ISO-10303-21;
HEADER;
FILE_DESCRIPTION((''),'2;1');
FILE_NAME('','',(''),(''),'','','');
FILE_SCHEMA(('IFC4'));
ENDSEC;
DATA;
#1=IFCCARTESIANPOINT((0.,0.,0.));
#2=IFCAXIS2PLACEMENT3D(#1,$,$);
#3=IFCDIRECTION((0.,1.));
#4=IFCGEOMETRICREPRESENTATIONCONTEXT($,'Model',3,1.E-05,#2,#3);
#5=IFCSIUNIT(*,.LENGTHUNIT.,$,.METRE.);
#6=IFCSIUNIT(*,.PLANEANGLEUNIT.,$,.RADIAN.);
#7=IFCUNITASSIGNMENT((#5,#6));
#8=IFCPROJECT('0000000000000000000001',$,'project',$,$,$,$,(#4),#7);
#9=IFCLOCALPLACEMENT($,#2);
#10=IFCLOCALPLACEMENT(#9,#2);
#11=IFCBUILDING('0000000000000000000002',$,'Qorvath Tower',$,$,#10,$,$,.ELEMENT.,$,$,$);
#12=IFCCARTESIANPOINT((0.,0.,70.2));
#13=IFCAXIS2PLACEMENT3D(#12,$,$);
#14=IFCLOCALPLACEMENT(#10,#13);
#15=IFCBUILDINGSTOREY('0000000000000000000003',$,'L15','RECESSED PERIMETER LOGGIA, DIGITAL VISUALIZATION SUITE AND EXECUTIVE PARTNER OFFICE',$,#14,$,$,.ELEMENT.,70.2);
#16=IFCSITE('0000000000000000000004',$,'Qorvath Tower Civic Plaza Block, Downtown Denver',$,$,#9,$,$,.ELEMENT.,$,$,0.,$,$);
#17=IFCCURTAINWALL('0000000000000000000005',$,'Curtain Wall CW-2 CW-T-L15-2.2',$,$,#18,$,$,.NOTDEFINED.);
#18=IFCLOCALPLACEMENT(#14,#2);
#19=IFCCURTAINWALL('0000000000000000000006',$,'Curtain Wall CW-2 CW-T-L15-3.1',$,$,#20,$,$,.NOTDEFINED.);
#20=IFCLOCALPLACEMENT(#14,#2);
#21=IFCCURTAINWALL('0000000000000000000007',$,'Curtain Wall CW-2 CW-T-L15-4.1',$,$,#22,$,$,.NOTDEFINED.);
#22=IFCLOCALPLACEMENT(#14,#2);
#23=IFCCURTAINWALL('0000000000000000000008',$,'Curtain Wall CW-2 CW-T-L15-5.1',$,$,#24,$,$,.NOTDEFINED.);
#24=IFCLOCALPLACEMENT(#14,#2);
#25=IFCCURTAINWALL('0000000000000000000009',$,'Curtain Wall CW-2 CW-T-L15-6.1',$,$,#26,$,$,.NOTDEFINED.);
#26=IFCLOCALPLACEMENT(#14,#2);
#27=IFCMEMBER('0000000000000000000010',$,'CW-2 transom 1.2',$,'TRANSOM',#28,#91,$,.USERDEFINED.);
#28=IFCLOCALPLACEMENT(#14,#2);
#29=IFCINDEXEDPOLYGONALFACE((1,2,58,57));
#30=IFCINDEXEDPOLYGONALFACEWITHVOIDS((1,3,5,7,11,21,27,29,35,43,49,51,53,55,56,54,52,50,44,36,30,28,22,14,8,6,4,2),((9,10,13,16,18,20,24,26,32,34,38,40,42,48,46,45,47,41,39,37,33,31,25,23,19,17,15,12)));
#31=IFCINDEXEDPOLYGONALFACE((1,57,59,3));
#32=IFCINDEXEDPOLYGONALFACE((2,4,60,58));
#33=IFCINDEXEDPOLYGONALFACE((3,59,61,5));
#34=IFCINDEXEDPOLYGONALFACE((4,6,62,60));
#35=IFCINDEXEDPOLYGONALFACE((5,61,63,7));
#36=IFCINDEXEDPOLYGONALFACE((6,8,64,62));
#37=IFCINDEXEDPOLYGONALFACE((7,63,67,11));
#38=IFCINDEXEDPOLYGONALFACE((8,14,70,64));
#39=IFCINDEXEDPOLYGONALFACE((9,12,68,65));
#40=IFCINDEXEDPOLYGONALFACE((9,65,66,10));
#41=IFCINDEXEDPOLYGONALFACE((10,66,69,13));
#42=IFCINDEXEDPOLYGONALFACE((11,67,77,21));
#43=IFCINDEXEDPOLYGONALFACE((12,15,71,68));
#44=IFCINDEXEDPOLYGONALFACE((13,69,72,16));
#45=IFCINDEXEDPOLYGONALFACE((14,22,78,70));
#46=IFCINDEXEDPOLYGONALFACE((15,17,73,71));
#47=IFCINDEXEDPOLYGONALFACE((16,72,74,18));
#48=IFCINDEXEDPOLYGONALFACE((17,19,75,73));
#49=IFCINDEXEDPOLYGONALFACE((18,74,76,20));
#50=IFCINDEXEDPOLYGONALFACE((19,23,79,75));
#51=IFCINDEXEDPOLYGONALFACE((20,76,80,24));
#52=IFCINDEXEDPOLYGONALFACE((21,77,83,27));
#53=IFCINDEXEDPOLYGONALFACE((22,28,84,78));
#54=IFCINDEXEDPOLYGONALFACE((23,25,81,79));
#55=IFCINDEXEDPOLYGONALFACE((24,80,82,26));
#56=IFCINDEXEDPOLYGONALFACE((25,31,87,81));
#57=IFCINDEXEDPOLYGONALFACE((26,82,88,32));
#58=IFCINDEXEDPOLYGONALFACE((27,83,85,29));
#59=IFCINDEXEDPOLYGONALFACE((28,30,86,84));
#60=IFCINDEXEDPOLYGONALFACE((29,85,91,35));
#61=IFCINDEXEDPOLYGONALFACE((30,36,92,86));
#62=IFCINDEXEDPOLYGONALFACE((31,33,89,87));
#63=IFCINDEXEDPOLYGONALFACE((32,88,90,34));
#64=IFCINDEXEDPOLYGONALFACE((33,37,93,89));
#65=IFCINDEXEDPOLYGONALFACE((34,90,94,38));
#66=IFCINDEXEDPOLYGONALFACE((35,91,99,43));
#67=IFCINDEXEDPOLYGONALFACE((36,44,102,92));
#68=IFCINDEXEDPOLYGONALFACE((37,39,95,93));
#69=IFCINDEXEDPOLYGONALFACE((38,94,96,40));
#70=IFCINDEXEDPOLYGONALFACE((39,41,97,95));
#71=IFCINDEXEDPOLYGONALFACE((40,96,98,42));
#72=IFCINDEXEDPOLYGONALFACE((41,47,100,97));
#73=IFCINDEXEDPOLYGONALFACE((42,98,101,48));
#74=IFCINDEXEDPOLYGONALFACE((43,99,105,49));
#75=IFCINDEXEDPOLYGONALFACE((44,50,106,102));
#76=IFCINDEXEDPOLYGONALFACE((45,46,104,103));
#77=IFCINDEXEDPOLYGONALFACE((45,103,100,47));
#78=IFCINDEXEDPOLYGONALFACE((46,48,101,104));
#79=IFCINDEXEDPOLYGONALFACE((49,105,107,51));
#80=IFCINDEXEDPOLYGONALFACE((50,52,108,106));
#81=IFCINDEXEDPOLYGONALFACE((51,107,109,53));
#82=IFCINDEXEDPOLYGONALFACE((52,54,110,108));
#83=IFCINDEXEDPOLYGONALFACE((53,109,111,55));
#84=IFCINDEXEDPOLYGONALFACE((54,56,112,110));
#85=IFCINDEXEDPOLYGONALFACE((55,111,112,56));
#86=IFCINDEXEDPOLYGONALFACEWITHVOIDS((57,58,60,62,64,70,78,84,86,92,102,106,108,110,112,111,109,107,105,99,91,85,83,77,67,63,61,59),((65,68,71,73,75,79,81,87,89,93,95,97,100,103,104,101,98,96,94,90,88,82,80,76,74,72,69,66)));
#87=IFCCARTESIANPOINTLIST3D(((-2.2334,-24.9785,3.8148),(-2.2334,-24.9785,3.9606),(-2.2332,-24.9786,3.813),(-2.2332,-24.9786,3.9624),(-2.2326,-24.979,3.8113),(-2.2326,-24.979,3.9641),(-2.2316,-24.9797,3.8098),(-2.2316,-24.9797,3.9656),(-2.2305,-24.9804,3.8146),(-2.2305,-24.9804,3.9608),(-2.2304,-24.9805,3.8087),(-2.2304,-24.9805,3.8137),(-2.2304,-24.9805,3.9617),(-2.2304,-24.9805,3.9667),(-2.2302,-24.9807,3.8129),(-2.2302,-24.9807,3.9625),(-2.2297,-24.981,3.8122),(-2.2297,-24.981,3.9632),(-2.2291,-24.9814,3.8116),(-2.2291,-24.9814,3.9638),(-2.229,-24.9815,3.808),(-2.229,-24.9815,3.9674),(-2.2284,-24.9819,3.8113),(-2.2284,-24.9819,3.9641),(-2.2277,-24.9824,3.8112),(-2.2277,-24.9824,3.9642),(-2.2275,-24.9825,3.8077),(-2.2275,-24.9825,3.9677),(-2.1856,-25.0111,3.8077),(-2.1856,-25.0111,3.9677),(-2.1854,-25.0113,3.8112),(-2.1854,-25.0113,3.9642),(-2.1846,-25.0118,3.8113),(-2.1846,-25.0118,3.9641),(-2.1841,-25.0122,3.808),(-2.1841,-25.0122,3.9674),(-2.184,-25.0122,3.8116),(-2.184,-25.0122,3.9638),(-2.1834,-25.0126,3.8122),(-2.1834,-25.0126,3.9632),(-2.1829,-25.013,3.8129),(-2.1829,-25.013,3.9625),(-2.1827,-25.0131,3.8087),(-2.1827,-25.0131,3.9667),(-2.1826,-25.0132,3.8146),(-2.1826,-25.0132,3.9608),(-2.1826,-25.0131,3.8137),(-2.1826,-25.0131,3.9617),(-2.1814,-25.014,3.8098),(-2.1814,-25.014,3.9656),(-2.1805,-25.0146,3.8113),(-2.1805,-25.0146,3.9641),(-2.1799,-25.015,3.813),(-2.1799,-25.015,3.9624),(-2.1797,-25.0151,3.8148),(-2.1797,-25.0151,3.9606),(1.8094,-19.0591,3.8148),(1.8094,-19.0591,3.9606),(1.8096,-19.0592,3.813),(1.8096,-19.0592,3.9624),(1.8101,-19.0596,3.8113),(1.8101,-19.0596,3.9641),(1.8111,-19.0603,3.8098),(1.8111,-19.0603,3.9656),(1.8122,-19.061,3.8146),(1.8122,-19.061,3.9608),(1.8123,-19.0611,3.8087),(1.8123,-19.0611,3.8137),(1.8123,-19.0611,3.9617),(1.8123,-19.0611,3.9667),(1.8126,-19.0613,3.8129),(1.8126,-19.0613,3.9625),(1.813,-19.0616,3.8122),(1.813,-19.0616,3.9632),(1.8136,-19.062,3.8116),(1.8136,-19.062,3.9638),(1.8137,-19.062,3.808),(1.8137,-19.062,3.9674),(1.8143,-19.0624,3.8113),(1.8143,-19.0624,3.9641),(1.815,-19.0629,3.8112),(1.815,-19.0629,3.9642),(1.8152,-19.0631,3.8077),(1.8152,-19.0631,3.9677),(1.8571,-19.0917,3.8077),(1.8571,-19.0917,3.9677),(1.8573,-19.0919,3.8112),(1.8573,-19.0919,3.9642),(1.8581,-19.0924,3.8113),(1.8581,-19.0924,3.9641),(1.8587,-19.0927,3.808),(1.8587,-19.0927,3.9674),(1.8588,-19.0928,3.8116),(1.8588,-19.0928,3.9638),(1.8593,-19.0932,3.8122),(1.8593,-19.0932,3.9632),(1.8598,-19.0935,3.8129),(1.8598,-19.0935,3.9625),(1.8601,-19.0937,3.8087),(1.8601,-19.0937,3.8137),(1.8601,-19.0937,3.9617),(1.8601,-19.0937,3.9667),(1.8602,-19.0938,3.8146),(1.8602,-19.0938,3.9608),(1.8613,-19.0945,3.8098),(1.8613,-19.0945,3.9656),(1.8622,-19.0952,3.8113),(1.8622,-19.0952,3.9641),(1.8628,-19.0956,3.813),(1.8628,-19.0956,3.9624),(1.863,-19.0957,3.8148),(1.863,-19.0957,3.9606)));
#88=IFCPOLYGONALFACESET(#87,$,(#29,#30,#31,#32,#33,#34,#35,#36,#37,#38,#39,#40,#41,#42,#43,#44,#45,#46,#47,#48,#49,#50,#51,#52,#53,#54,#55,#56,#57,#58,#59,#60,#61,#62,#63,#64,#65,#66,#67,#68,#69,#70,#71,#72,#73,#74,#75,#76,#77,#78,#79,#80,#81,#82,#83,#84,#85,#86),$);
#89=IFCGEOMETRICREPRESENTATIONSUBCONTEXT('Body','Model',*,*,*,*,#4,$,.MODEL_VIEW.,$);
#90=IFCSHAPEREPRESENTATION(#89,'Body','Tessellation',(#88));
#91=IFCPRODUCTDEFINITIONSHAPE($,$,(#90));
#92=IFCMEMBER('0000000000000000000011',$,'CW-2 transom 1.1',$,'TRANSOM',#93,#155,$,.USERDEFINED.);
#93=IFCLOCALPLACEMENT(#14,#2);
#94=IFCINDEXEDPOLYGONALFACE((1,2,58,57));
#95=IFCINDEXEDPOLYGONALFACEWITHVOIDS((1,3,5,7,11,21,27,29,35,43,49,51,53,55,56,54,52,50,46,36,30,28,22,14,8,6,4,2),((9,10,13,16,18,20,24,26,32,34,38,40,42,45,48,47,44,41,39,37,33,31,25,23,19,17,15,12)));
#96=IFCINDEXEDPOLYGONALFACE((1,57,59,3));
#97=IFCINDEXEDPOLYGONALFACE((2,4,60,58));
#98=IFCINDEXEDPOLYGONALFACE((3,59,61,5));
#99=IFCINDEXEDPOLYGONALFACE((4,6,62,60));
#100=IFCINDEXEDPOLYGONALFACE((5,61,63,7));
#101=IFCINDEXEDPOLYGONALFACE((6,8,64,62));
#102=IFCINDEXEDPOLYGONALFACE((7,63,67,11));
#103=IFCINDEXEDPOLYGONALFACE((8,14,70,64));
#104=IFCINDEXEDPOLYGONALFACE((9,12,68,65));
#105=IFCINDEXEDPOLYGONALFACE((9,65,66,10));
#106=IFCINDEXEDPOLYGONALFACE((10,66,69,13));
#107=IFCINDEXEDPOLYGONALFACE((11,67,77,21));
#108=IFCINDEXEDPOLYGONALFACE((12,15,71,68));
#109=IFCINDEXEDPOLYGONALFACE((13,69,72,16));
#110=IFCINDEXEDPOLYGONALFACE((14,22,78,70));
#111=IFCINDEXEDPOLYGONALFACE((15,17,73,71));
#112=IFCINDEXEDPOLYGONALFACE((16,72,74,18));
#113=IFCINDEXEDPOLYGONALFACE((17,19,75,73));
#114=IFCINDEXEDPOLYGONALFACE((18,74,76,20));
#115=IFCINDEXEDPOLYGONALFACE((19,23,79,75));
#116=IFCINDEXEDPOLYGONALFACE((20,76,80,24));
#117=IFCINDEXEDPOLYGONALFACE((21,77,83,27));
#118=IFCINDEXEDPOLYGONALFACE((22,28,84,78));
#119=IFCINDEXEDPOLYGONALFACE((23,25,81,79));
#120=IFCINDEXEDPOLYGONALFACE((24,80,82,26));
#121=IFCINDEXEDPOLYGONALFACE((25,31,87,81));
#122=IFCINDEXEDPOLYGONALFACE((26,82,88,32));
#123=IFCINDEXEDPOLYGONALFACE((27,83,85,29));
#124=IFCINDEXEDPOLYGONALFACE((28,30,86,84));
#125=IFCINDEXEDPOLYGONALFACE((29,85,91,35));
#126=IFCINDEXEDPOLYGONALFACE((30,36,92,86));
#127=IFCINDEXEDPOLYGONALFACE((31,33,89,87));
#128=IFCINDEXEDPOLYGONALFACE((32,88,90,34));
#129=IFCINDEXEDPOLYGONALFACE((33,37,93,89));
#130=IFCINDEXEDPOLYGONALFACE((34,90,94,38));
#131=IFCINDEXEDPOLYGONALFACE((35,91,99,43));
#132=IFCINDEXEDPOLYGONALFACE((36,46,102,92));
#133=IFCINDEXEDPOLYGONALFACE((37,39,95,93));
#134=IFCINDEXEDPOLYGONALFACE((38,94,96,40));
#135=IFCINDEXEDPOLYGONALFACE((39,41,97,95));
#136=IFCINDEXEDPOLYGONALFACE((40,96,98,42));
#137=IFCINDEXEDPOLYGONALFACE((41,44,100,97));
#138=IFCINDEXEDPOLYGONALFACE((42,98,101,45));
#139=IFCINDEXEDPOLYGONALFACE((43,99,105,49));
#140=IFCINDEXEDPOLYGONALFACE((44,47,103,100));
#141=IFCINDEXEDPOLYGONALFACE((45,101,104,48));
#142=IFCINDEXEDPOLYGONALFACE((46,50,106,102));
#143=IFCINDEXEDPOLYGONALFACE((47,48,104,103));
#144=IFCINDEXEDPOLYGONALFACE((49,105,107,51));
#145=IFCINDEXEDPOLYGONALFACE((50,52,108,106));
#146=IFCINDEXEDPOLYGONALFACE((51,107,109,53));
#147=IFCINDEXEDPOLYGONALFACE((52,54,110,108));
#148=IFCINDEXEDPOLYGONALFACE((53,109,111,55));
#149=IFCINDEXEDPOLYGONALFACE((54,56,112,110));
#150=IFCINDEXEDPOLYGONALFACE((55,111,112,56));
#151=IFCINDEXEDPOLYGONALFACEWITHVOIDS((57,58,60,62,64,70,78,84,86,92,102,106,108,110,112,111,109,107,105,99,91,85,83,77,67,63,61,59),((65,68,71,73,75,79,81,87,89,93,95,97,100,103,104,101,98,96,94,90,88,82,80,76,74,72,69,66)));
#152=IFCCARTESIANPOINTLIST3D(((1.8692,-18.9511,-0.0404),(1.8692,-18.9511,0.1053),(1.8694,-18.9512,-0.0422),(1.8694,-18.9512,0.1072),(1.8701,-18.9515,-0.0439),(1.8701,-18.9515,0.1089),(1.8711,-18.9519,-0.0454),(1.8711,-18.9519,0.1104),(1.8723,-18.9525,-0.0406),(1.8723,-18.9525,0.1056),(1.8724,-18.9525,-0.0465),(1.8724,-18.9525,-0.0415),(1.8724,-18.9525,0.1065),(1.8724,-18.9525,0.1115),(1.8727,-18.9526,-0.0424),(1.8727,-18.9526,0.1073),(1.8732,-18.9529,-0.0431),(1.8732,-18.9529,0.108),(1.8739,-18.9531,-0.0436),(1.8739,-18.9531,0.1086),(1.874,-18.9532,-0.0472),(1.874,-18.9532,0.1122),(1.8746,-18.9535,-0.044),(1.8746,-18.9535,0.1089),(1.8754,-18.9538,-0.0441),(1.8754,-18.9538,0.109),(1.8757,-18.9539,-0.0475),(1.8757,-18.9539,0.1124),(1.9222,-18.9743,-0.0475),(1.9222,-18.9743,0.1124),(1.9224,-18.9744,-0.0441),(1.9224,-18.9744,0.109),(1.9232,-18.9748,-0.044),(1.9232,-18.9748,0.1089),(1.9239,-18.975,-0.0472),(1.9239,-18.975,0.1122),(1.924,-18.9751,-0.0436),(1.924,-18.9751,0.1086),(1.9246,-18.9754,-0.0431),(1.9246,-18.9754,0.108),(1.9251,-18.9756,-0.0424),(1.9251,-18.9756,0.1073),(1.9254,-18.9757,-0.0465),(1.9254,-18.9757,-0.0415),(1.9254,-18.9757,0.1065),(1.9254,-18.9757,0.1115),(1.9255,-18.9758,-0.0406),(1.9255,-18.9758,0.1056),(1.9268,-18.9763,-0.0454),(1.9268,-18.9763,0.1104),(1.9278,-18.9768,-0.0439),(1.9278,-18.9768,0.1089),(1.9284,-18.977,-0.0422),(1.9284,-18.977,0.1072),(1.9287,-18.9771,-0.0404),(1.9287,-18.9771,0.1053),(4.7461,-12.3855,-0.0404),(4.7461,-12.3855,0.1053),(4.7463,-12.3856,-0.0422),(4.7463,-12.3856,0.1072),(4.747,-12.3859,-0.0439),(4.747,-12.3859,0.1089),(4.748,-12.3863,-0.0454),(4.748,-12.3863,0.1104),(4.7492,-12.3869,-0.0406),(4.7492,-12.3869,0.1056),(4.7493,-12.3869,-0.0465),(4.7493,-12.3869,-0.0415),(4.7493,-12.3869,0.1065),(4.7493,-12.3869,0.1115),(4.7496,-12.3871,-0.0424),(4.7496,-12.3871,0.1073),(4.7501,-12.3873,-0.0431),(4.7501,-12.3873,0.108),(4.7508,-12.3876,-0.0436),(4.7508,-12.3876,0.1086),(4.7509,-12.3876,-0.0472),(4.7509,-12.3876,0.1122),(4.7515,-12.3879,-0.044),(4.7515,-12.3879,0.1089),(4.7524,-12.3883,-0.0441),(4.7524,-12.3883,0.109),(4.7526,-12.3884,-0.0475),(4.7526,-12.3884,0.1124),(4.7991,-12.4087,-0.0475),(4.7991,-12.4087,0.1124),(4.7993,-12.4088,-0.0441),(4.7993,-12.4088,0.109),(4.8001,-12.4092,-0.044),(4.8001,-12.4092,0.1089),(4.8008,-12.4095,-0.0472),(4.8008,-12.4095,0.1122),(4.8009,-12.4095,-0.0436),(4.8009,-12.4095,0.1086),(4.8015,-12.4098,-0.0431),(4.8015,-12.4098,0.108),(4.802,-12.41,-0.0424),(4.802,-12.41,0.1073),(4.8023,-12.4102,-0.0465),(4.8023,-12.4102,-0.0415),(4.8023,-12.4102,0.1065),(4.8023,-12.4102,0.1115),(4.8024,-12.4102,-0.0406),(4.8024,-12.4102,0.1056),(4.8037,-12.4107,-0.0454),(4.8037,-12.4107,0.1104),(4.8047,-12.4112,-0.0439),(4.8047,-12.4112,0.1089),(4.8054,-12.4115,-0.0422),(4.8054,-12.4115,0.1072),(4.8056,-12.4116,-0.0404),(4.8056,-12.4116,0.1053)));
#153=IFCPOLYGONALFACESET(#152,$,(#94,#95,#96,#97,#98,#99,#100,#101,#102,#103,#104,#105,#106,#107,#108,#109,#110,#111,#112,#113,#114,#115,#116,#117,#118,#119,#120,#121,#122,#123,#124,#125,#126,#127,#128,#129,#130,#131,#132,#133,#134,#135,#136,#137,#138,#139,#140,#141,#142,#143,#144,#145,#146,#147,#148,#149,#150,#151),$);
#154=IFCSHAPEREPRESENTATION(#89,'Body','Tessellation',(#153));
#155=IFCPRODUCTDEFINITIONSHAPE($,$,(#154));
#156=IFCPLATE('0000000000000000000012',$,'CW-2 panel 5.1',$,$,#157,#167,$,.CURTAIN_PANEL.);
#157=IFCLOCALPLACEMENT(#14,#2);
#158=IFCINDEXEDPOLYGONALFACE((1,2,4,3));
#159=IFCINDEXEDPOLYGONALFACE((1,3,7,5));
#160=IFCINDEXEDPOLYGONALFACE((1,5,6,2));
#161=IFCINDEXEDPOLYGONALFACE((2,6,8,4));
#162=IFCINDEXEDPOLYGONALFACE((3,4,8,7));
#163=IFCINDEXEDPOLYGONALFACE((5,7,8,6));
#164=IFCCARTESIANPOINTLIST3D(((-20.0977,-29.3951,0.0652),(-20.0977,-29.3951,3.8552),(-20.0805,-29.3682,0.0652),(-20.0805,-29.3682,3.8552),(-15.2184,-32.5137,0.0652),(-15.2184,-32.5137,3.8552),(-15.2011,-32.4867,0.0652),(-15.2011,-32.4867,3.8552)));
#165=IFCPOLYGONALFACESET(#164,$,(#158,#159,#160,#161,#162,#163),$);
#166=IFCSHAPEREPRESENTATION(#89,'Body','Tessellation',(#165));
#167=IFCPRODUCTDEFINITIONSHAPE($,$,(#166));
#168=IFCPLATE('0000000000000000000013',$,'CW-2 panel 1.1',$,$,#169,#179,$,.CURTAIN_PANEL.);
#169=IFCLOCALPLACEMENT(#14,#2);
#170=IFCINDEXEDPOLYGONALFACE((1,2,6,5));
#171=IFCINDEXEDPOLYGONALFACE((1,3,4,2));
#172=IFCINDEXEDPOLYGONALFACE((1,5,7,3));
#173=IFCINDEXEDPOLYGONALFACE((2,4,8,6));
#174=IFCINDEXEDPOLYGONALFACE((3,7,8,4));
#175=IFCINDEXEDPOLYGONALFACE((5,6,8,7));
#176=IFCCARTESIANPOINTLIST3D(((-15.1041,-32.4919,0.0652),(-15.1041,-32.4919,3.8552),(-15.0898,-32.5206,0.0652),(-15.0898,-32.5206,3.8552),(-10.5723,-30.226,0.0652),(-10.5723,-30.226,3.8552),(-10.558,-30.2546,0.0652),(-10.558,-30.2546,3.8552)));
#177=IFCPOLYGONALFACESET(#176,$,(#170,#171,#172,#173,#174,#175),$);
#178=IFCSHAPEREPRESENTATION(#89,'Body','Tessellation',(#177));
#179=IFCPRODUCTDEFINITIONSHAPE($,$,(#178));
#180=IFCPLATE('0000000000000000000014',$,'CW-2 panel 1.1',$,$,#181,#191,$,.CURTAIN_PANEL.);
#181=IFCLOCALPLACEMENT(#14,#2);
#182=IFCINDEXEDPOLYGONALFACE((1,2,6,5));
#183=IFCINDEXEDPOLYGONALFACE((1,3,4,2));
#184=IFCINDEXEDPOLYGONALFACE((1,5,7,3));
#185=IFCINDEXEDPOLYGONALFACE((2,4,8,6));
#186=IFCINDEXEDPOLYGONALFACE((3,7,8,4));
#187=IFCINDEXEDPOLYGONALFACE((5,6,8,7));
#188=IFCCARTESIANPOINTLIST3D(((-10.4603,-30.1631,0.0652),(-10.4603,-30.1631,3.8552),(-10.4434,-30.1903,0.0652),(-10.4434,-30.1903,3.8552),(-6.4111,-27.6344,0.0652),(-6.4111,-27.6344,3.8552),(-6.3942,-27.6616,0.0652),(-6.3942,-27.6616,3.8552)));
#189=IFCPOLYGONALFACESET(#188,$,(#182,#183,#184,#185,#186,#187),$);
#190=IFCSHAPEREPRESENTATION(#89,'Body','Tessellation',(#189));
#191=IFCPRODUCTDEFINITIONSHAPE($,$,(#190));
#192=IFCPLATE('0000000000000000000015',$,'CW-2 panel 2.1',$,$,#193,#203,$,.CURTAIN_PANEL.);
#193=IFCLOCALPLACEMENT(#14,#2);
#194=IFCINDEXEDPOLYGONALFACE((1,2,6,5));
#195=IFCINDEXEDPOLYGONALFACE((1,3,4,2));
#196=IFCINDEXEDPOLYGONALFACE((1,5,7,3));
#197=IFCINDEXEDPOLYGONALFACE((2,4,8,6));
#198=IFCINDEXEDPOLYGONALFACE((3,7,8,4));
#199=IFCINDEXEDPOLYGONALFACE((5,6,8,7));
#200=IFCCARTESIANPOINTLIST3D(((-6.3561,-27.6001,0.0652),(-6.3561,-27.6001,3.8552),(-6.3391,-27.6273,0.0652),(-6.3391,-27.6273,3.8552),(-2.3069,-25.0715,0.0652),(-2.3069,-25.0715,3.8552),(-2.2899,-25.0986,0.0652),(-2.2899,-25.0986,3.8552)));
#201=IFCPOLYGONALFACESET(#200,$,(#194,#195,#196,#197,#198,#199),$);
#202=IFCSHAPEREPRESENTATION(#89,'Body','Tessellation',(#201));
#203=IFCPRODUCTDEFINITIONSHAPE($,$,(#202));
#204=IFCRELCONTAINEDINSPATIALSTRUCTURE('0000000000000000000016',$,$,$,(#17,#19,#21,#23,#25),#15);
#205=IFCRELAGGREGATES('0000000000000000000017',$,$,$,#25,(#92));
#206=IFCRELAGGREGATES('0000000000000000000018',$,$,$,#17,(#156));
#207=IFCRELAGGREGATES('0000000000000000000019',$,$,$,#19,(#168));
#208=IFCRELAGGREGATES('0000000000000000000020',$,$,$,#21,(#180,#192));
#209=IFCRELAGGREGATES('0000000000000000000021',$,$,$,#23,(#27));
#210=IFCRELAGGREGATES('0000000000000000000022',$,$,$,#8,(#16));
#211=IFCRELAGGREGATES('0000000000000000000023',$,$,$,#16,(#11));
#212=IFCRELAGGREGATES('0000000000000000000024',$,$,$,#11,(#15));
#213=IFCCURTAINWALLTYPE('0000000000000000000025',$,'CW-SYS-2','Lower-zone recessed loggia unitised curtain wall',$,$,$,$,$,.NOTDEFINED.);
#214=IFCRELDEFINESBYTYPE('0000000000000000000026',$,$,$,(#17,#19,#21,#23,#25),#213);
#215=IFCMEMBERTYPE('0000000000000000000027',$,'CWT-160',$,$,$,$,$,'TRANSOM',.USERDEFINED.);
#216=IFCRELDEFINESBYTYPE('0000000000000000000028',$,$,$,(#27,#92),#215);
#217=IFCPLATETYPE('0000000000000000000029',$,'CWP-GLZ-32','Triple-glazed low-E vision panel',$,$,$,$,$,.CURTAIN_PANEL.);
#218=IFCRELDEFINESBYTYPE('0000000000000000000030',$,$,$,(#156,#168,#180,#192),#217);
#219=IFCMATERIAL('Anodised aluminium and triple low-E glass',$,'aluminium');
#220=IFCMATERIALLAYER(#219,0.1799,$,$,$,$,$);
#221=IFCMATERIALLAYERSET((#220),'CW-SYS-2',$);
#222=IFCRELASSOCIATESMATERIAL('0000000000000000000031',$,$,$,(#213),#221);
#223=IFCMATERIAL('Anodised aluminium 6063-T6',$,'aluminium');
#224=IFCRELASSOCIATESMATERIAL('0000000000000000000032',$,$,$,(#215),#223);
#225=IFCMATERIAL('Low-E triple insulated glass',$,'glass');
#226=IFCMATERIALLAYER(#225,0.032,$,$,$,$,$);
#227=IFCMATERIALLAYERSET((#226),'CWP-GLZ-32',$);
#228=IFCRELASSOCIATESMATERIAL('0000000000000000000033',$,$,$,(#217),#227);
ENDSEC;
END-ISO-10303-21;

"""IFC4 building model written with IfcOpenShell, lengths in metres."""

from ifc_helpers import new_model, si_unit, direction, frame, origin, origin_2d, place, context, subcontext, project, spatial, rectangle, hollow_rectangle, extrude, material, layer, layer_set, material_profile, profile_set, type_object, element, aggregate, save


model = new_model("IFC4")

# Units and contexts
model_context = context("Model", 3, precision=1e-05, world=origin(), true_north=direction((0.0, 1.0)))
body_context = subcontext(model_context, "Body", "Model", "MODEL_VIEW")
ifc_project = project(units=[si_unit("LENGTHUNIT", "METRE"), si_unit("PLANEANGLEUNIT", "RADIAN")], contexts=[model_context])

# Site, building, storey
site_placement = place(None, origin())
site = spatial("IfcSite", under=ifc_project, at=site_placement, Name="Qorvath Tower Civic Plaza Block, Downtown Denver", CompositionType="ELEMENT", RefElevation=0.0)
building_placement = place(site_placement, origin())
building = spatial("IfcBuilding", under=site, at=building_placement, Name="Qorvath Tower", CompositionType="ELEMENT")
storey_placement = place(building_placement, frame((0.0, 0.0, 70.2)))
storey = spatial("IfcBuildingStorey", under=building, at=storey_placement, Name="L15", Description="RECESSED PERIMETER LOGGIA, DIGITAL VISUALIZATION SUITE AND EXECUTIVE PARTNER OFFICE", CompositionType="ELEMENT", Elevation=70.2)

# Curtain wall
ifc_material_1 = material(Name="Anodised aluminium and triple low-E glass", Category="aluminium")
ifc_layer_1 = layer(ifc_material_1, 0.1799)
ifc_layer_set_1 = layer_set([ifc_layer_1], Name="CW-SYS-2")
curtain_wall_type = type_object("IfcCurtainWallType", Name="CW-SYS-2", Description="Lower-zone recessed loggia unitised curtain wall", PredefinedType="NOTDEFINED", material=ifc_layer_set_1)
curtain_wall_1_placement = place(storey_placement, origin())
curtain_wall_1 = element("IfcCurtainWall", 1, at=curtain_wall_1_placement, inside=storey, type_object=curtain_wall_type, Name="Curtain Wall CW-2 CW-T-L15-2.2", PredefinedType="NOTDEFINED")

# Curtain walls
curtain_wall_2_placement = place(storey_placement, origin())
curtain_wall_2 = element("IfcCurtainWall", 2, at=curtain_wall_2_placement, inside=storey, type_object=curtain_wall_type, Name="Curtain Wall CW-2 CW-T-L15-3.1", PredefinedType="NOTDEFINED")
curtain_wall_3_placement = place(storey_placement, origin())
curtain_wall_3 = element("IfcCurtainWall", 3, at=curtain_wall_3_placement, inside=storey, type_object=curtain_wall_type, Name="Curtain Wall CW-2 CW-T-L15-4.1", PredefinedType="NOTDEFINED")
curtain_wall_4_placement = place(storey_placement, origin())
curtain_wall_4 = element("IfcCurtainWall", 4, at=curtain_wall_4_placement, inside=storey, type_object=curtain_wall_type, Name="Curtain Wall CW-2 CW-T-L15-5.1", PredefinedType="NOTDEFINED")

# Curtain wall
curtain_wall_5_placement = place(storey_placement, origin())
curtain_wall_5 = element("IfcCurtainWall", 5, at=curtain_wall_5_placement, inside=storey, type_object=curtain_wall_type, Name="Curtain Wall CW-2 CW-T-L15-6.1", PredefinedType="NOTDEFINED")

# Members
ifc_material_2 = material(Name="Anodised aluminium 6063-T6", Category="aluminium")
ifc_material_profile_1 = material_profile(ifc_material_2, hollow_rectangle(XDim=0.0649, YDim=0.1599, WallThickness=0.0034, InnerFilletRadius=0.0034, OuterFilletRadius=0.0071, at=origin_2d()), Name="CWT 160x65")
ifc_profile_set_1 = profile_set([ifc_material_profile_1], Name="Anodised aluminium 6063-T6")
member_type_1 = type_object("IfcMemberType", Name="CWT-160", ElementType="TRANSOM", PredefinedType="USERDEFINED", material=ifc_profile_set_1)
member_1_placement = place(storey_placement, frame((-2.2065, -24.9968, 3.8877), z_axis=(0.563979, 0.825789, 0.0), x_axis=(-0.825789, 0.563979, 0.0)))
member_1 = element("IfcMember", 6, at=member_1_placement, type_object=member_type_1, Name="CW-2 transom 1.2", ObjectType="TRANSOM", PredefinedType="USERDEFINED", context=body_context, shape_type="SweptSolid", body=[
    extrude(hollow_rectangle(XDim=0.0649, YDim=0.1599, WallThickness=0.0034, InnerFilletRadius=0.0034, OuterFilletRadius=0.0071, at=origin_2d()), origin(), (0.0, 0.0, 1.0), 7.1682),
])
member_2_placement = place(storey_placement, frame((1.8989, -18.9641, 0.0325), z_axis=(0.401342, 0.915928, 0.0), x_axis=(-0.915928, 0.401342, 0.0)))
member_2 = element("IfcMember", 7, at=member_2_placement, type_object=member_type_1, Name="CW-2 transom 1.1", ObjectType="TRANSOM", PredefinedType="USERDEFINED", context=body_context, shape_type="SweptSolid", body=[
    extrude(hollow_rectangle(XDim=0.0649, YDim=0.1599, WallThickness=0.0034, InnerFilletRadius=0.0034, OuterFilletRadius=0.0071, at=origin_2d()), origin(), (0.0, 0.0, 1.0), 7.1682),
])
aggregate(curtain_wall_5, [member_2])

# Plates
ifc_material_3 = material(Name="Low-E triple insulated glass", Category="glass")
ifc_layer_2 = layer(ifc_material_3, 0.032)
ifc_layer_set_2 = layer_set([ifc_layer_2], Name="CWP-GLZ-32")
plate_type = type_object("IfcPlateType", Name="CWP-GLZ-32", Description="Triple-glazed low-E vision panel", PredefinedType="CURTAIN_PANEL", material=ifc_layer_set_2)
plate_1_placement = place(storey_placement, frame((-17.6494, -30.9409, 0.0652), z_axis=(0.0, 0.0, 1.0), x_axis=(0.842602, -0.538537, 0.0)))
plate_1 = element("IfcPlate", 8, at=plate_1_placement, type_object=plate_type, Name="CW-2 panel 5.1", PredefinedType="CURTAIN_PANEL", context=body_context, shape_type="SweptSolid", body=[
    extrude(rectangle(XDim=5.7908, YDim=0.032, at=origin_2d()), origin(), (0.0, 0.0, 1.0), 3.79),
])
aggregate(curtain_wall_1, [plate_1])
plate_2_placement = place(storey_placement, frame((-12.8311, -31.3733, 0.0652), z_axis=(0.0, 0.0, 1.0), x_axis=(0.894423, 0.447221, 0.0)))
plate_2 = element("IfcPlate", 9, at=plate_2_placement, type_object=plate_type, Name="CW-2 panel 1.1", PredefinedType="CURTAIN_PANEL", context=body_context, shape_type="SweptSolid", body=[
    extrude(rectangle(XDim=5.0667, YDim=0.032, at=origin_2d()), origin(), (0.0, 0.0, 1.0), 3.79),
])
aggregate(curtain_wall_2, [plate_2])
plate_3_placement = place(storey_placement, frame((-8.4272, -28.9124, 0.0652), z_axis=(0.0, 0.0, 1.0), x_axis=(0.848194, 0.529686, 0.0)))
plate_3 = element("IfcPlate", 10, at=plate_3_placement, type_object=plate_type, Name="CW-2 panel 1.1", PredefinedType="CURTAIN_PANEL", context=body_context, shape_type="SweptSolid", body=[
    extrude(rectangle(XDim=4.7739, YDim=0.032, at=origin_2d()), origin(), (0.0, 0.0, 1.0), 3.79),
])
plate_4_placement = place(storey_placement, frame((-4.323, -26.3494, 0.0652), z_axis=(0.0, 0.0, 1.0), x_axis=(0.848194, 0.529686, 0.0)))
plate_4 = element("IfcPlate", 11, at=plate_4_placement, type_object=plate_type, Name="CW-2 panel 2.1", PredefinedType="CURTAIN_PANEL", context=body_context, shape_type="SweptSolid", body=[
    extrude(rectangle(XDim=4.7739, YDim=0.032, at=origin_2d()), origin(), (0.0, 0.0, 1.0), 3.79),
])
aggregate(curtain_wall_3, [plate_3, plate_4])
aggregate(curtain_wall_4, [member_1])

save(model, "model.ifc")
